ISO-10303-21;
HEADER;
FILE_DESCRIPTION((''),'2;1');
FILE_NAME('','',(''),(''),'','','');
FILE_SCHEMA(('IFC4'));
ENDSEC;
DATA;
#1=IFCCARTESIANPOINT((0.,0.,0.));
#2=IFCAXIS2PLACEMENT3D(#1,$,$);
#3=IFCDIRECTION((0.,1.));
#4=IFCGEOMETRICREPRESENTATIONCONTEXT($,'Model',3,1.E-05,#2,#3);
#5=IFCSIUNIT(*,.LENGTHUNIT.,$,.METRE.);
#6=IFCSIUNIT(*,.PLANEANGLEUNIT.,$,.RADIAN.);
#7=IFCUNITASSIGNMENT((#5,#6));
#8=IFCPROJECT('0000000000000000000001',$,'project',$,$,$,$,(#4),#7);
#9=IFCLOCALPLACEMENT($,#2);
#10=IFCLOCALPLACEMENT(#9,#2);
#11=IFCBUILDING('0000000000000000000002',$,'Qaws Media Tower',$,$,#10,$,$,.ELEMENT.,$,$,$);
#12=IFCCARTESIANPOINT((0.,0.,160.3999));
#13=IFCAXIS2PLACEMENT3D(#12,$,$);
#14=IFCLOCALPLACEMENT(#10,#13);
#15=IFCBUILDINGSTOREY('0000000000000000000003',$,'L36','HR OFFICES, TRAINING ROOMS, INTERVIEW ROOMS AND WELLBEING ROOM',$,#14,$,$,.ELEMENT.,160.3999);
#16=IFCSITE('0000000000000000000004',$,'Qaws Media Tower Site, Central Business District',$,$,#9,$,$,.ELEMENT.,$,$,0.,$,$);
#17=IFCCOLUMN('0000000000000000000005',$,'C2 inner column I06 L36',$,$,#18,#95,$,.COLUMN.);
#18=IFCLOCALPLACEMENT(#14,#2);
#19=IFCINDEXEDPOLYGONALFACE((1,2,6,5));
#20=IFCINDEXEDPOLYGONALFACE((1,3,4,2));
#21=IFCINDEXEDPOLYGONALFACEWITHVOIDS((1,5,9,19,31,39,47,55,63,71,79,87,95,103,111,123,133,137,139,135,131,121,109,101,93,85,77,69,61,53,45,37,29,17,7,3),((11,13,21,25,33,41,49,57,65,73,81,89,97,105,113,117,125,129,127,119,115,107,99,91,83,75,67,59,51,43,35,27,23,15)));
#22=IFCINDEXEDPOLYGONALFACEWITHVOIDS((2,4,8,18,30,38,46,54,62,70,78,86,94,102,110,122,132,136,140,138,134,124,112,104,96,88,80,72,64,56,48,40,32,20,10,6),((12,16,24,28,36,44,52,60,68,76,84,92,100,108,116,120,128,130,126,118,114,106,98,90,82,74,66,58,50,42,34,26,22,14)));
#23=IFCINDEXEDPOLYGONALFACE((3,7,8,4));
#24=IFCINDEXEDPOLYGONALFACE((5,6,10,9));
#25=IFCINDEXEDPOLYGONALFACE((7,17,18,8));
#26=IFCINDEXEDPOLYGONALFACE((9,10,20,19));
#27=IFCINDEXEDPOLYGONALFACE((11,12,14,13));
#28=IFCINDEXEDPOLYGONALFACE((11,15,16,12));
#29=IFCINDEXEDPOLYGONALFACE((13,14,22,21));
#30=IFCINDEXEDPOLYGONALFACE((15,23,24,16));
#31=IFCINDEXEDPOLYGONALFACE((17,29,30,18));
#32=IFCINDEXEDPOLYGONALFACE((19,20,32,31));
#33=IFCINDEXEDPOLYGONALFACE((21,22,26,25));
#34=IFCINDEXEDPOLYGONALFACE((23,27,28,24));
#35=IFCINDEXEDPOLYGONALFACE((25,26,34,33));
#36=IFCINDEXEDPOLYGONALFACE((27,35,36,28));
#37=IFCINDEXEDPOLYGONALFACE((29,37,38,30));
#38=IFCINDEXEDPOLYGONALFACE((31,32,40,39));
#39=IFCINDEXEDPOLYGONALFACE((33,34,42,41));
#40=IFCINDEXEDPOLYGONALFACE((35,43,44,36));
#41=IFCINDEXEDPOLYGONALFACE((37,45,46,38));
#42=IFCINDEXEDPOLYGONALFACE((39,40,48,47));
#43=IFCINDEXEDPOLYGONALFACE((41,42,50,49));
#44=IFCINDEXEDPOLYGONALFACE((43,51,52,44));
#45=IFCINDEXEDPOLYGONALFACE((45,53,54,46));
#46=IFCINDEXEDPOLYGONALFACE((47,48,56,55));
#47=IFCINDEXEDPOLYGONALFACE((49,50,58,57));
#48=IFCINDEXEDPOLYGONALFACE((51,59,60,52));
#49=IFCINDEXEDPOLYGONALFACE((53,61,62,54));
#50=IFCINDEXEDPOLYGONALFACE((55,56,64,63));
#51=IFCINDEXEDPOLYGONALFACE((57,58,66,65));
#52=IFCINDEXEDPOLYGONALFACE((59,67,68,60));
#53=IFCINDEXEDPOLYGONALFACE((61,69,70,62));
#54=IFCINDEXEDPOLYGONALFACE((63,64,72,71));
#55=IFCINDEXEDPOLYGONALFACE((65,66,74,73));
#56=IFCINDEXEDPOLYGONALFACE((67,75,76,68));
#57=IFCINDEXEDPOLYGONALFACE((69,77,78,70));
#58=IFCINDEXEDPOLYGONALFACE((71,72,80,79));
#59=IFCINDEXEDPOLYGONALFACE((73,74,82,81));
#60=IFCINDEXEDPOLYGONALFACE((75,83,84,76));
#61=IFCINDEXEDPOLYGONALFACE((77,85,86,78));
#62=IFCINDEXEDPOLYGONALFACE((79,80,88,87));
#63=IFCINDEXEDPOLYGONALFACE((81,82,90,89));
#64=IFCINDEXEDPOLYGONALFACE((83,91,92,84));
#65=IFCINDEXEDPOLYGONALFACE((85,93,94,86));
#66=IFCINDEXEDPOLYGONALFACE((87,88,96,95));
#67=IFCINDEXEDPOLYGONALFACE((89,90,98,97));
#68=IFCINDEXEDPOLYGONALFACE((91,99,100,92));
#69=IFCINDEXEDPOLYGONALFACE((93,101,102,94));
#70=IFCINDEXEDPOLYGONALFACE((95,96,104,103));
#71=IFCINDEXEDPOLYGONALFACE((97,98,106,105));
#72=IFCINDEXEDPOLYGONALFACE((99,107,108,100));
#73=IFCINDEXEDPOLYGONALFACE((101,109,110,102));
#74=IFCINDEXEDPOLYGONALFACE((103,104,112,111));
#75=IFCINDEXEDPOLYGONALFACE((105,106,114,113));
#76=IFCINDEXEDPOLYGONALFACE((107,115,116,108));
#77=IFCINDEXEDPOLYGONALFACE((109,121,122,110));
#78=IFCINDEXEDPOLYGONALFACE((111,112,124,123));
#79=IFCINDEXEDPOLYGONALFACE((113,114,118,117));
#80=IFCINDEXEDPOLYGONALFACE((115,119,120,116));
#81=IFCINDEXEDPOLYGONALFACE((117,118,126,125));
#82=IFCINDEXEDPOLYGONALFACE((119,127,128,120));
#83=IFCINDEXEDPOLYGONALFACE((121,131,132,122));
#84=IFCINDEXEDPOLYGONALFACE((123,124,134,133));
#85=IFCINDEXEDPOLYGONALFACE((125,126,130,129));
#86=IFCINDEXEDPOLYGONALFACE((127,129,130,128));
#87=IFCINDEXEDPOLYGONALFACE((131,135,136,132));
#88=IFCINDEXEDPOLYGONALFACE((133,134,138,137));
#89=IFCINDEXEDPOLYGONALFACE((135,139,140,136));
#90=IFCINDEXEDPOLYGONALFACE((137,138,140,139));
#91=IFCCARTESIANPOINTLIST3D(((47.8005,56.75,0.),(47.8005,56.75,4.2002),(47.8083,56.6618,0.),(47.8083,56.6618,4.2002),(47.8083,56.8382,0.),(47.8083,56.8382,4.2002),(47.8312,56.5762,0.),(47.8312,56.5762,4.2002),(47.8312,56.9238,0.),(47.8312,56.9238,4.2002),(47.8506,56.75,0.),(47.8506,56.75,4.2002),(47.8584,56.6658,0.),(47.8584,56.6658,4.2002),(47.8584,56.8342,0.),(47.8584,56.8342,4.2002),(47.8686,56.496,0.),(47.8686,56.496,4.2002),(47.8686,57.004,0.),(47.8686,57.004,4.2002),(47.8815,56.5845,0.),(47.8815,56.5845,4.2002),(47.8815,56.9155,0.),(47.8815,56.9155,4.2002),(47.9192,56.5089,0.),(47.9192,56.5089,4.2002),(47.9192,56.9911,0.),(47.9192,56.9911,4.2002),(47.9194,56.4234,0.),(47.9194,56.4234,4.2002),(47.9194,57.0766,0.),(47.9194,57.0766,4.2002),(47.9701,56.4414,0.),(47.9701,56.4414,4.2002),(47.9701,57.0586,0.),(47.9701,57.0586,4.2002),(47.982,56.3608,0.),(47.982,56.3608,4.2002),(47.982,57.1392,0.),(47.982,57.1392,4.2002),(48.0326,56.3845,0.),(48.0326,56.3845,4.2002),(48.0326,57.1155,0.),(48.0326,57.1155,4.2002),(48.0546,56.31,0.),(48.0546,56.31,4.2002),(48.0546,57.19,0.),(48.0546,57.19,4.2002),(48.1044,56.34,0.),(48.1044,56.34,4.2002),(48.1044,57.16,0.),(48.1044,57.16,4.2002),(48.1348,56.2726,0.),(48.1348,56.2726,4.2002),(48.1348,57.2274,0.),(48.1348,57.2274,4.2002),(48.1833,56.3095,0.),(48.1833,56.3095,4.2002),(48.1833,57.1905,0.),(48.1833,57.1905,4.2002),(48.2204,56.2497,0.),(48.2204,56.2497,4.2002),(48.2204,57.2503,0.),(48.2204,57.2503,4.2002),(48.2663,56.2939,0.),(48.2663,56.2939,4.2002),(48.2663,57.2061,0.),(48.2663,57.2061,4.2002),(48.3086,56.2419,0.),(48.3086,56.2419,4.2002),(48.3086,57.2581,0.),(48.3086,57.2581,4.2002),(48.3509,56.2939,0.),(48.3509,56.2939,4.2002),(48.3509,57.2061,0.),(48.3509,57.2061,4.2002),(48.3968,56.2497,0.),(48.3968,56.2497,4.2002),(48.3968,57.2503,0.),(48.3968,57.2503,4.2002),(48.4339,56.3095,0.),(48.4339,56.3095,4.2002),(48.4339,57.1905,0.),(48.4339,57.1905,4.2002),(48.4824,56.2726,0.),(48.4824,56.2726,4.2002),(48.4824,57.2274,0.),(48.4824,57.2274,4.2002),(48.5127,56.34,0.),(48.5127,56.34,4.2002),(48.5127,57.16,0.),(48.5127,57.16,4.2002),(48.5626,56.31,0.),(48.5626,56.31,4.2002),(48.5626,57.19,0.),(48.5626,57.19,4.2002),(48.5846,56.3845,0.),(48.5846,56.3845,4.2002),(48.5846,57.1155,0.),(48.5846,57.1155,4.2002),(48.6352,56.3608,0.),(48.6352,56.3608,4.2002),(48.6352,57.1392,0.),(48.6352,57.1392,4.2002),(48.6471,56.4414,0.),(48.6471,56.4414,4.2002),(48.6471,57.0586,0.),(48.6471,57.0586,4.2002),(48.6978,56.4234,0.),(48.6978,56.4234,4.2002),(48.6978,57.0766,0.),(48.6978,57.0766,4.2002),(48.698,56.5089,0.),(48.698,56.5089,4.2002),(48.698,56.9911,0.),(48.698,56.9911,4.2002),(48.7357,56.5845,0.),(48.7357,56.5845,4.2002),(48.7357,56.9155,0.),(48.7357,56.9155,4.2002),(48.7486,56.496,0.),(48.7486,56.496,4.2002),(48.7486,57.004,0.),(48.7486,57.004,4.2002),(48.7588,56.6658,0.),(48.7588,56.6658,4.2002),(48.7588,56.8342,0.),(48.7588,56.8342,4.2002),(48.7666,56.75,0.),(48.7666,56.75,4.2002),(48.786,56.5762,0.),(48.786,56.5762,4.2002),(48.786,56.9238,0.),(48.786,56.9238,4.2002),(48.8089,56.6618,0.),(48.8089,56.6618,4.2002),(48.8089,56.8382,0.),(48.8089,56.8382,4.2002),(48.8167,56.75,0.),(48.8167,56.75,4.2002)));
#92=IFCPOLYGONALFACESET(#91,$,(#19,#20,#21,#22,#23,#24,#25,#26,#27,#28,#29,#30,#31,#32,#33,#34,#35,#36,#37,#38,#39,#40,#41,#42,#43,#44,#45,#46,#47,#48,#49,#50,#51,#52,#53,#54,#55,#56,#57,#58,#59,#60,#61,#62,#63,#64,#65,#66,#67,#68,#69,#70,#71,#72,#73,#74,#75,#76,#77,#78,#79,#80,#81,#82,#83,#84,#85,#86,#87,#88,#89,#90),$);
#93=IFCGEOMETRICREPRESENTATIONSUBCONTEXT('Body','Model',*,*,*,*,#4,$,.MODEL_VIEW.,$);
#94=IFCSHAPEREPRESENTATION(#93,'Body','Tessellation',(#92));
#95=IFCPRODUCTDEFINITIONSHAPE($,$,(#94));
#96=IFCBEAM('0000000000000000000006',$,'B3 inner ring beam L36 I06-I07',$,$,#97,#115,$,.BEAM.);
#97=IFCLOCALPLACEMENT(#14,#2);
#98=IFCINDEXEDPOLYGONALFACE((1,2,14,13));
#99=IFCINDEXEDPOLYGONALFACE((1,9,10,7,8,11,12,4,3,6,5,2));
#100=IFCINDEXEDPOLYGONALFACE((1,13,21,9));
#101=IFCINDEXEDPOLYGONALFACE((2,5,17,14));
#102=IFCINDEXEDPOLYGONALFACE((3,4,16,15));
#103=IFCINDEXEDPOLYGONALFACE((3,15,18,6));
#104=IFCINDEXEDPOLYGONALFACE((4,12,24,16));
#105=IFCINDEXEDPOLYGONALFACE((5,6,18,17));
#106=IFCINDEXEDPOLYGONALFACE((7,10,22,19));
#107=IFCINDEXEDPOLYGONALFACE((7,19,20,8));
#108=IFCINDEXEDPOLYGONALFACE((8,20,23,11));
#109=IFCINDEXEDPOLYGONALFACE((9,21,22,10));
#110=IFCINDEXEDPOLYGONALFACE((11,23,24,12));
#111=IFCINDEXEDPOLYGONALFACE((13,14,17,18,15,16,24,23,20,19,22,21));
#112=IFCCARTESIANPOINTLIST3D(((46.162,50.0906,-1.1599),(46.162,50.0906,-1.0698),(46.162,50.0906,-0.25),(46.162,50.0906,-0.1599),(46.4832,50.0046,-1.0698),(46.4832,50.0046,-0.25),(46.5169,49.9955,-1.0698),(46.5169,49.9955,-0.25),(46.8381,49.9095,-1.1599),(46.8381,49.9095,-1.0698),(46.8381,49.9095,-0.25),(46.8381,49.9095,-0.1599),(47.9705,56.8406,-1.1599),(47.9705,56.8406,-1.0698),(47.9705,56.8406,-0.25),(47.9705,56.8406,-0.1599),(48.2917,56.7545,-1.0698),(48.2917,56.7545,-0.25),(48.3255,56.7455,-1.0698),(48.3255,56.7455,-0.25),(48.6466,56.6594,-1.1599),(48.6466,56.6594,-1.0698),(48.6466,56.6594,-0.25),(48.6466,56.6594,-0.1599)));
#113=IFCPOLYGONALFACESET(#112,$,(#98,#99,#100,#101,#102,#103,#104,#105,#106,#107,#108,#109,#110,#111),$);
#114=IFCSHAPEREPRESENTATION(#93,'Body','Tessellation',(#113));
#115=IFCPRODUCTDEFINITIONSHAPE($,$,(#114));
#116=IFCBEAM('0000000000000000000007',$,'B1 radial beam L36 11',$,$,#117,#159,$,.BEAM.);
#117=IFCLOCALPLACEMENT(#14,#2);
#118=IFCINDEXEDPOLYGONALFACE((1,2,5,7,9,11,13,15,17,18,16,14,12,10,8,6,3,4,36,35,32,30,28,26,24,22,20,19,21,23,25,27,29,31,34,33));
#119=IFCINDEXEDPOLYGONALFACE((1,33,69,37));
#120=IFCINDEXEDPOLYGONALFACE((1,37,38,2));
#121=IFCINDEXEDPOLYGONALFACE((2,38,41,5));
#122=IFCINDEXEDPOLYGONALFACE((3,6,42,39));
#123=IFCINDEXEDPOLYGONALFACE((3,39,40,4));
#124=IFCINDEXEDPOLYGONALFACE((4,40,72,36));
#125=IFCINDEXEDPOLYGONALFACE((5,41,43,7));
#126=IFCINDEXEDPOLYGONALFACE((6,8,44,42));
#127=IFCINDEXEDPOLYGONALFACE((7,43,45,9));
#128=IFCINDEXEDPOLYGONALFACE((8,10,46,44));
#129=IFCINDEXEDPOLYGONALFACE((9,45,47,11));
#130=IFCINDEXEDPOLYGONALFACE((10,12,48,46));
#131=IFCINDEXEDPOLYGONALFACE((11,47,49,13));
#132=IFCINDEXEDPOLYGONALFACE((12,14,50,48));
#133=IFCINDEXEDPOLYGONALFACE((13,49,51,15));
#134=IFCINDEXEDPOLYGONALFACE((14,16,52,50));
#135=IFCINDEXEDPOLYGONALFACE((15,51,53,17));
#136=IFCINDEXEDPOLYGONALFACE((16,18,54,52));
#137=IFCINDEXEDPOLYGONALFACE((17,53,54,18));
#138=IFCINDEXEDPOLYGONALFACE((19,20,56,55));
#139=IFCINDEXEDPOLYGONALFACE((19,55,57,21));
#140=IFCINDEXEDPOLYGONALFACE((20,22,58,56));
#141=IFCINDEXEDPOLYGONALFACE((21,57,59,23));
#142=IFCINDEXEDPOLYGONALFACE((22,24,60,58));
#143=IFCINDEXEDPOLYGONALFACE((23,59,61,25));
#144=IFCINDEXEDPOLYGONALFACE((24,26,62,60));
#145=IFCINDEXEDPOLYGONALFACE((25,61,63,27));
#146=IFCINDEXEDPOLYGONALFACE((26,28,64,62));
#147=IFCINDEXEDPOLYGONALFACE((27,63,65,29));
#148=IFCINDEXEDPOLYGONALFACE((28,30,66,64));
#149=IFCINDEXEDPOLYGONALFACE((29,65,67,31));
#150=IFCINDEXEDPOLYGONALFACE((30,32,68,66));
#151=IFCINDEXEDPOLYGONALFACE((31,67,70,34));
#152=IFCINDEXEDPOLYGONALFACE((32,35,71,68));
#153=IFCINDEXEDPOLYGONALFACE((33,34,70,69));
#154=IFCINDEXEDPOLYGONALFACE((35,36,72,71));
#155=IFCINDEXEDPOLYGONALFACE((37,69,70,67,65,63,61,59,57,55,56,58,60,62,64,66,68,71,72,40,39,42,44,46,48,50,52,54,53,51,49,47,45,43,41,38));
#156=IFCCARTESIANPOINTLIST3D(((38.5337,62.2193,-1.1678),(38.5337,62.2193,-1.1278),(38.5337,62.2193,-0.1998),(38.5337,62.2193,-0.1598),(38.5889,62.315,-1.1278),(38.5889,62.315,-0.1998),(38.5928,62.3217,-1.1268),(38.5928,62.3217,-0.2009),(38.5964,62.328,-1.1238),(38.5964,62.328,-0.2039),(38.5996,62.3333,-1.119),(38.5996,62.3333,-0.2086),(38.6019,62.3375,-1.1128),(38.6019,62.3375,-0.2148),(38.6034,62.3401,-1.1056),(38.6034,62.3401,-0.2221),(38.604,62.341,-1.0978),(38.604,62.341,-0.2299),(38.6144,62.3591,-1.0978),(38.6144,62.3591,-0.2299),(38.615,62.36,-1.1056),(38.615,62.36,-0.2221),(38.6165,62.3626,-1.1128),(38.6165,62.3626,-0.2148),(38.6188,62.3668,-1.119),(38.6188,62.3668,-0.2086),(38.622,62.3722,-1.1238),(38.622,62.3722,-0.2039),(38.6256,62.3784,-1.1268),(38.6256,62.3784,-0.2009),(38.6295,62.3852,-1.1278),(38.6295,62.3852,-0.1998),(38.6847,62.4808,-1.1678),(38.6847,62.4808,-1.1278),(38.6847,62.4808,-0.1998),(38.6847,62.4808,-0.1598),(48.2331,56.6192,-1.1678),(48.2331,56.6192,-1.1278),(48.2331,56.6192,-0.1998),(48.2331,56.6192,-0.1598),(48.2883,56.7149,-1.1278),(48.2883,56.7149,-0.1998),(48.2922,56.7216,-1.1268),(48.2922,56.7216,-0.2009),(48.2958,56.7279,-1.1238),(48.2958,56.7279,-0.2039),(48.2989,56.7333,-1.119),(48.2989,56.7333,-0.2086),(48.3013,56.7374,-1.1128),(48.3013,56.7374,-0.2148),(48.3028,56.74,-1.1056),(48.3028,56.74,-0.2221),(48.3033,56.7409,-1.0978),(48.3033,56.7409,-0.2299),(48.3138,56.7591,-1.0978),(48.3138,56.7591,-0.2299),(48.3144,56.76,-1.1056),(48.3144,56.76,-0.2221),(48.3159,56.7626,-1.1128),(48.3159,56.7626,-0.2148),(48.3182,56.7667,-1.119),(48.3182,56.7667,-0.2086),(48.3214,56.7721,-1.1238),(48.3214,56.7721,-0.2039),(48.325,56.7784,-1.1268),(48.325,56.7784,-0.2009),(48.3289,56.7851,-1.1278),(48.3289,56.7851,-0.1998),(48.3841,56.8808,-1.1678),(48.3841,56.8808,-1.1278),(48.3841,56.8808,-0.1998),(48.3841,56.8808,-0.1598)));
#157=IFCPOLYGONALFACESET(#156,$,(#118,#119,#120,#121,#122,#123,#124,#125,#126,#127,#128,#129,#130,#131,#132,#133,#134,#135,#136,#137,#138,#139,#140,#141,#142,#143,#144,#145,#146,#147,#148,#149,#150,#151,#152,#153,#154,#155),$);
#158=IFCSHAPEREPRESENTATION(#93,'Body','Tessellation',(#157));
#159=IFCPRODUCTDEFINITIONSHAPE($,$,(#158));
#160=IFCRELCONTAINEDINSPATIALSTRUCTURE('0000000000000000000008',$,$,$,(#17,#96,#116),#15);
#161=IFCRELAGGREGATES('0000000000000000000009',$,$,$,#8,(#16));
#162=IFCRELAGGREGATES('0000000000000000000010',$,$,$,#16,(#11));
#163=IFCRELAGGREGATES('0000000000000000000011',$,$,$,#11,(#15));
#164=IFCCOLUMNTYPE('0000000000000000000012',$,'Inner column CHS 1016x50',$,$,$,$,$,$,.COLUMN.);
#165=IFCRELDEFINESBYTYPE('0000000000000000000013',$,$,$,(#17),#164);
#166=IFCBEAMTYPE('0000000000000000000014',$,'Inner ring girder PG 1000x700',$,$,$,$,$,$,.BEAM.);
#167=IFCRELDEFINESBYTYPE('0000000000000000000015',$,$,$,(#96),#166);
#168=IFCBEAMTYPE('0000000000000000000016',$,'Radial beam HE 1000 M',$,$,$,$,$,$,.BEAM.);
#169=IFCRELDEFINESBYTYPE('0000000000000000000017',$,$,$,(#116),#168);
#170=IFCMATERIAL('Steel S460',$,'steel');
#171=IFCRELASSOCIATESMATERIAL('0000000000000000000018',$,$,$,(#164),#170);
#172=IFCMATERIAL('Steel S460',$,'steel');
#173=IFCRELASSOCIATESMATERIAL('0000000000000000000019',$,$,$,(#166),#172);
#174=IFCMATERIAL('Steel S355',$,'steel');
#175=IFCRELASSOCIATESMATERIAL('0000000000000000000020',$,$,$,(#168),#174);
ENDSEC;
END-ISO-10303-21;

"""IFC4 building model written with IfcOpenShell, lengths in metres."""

from ifc_helpers import new_model, si_unit, direction, frame, origin, origin_2d, place, context, subcontext, project, spatial, hollow_circle, i_section, extrude, material, material_profile, profile_set, type_object, element, save


model = new_model("IFC4")

# Units and contexts
model_context = context("Model", 3, precision=1e-05, world=origin(), true_north=direction((0.0, 1.0)))
body_context = subcontext(model_context, "Body", "Model", "MODEL_VIEW")
ifc_project = project(units=[si_unit("LENGTHUNIT", "METRE"), si_unit("PLANEANGLEUNIT", "RADIAN")], contexts=[model_context])

# Site, building, storey
site_placement = place(None, origin())
site = spatial("IfcSite", under=ifc_project, at=site_placement, Name="Qaws Media Tower Site, Central Business District", CompositionType="ELEMENT", RefElevation=0.0)
building_placement = place(site_placement, origin())
building = spatial("IfcBuilding", under=site, at=building_placement, Name="Qaws Media Tower", CompositionType="ELEMENT")
storey_placement = place(building_placement, frame((0.0, 0.0, 160.3999)))
storey = spatial("IfcBuildingStorey", under=building, at=storey_placement, Name="L36", Description="HR OFFICES, TRAINING ROOMS, INTERVIEW ROOMS AND WELLBEING ROOM", CompositionType="ELEMENT", Elevation=160.3999)

# Column
ifc_material_1 = material(Name="Steel S460", Category="steel")
ifc_material_profile_1 = material_profile(ifc_material_1, hollow_circle(Radius=0.5081, WallThickness=0.05, at=origin_2d()), Name="CHS 1016x50")
ifc_profile_set_1 = profile_set([ifc_material_profile_1], Name="Steel S460")
column_type = type_object("IfcColumnType", Name="Inner column CHS 1016x50", PredefinedType="COLUMN", material=ifc_profile_set_1)
column_placement = place(storey_placement, frame((48.3086, 56.75, 0.0), z_axis=(0.0, 0.0, 1.0), x_axis=(1.0, 0.0, 0.0)))
element("IfcColumn", 1, at=column_placement, inside=storey, type_object=column_type, Name="C2 inner column I06 L36", PredefinedType="COLUMN", context=body_context, shape_type="SweptSolid", body=[
    extrude(hollow_circle(Radius=0.5081, WallThickness=0.05, at=origin_2d()), origin(), (0.0, 0.0, 1.0), 4.2002),
])

# Beams
ifc_material_2 = material(Name="Steel S460", Category="steel")
ifc_material_profile_2 = material_profile(ifc_material_2, i_section(OverallWidth=0.7, OverallDepth=1.0, WebThickness=0.0349, FlangeThickness=0.0901, at=origin_2d()), Name="PG 1000x700")
ifc_profile_set_2 = profile_set([ifc_material_profile_2], Name="Steel S460")
beam_type_1 = type_object("IfcBeamType", Name="Inner ring girder PG 1000x700", PredefinedType="BEAM", material=ifc_profile_set_2)
beam_1_placement = place(storey_placement, frame((48.3086, 56.75, -0.6599), z_axis=(-0.258811, -0.965928, 0.0), x_axis=(0.965928, -0.258811, 0.0)))
element("IfcBeam", 2, at=beam_1_placement, inside=storey, type_object=beam_type_1, Name="B3 inner ring beam L36 I06-I07", PredefinedType="BEAM", context=body_context, shape_type="SweptSolid", body=[
    extrude(i_section(OverallWidth=0.7, OverallDepth=1.0, WebThickness=0.0349, FlangeThickness=0.0901, at=origin_2d()), origin(), (0.0, 0.0, 1.0), 6.988),
])
ifc_material_3 = material(Name="Steel S355", Category="steel")
ifc_material_profile_3 = material_profile(ifc_material_3, i_section(OverallWidth=0.302, OverallDepth=1.0081, WebThickness=0.021, FlangeThickness=0.04, FilletRadius=0.03, at=origin_2d()), Name="HE 1000 M")
ifc_profile_set_3 = profile_set([ifc_material_profile_3], Name="Steel S355")
beam_type_2 = type_object("IfcBeamType", Name="Radial beam HE 1000 M", PredefinedType="BEAM", material=ifc_profile_set_3)
beam_2_placement = place(storey_placement, frame((48.3086, 56.75, -0.6638), z_axis=(-0.866021, 0.500007, 0.0), x_axis=(-0.500007, -0.866021, 0.0)))
element("IfcBeam", 3, at=beam_2_placement, inside=storey, type_object=beam_type_2, Name="B1 radial beam L36 11", PredefinedType="BEAM", context=body_context, shape_type="SweptSolid", body=[
    extrude(i_section(OverallWidth=0.302, OverallDepth=1.0081, WebThickness=0.021, FlangeThickness=0.04, FilletRadius=0.03, at=origin_2d()), origin(), (0.0, 0.0, 1.0), 11.2),
])

save(model, "model.ifc")
